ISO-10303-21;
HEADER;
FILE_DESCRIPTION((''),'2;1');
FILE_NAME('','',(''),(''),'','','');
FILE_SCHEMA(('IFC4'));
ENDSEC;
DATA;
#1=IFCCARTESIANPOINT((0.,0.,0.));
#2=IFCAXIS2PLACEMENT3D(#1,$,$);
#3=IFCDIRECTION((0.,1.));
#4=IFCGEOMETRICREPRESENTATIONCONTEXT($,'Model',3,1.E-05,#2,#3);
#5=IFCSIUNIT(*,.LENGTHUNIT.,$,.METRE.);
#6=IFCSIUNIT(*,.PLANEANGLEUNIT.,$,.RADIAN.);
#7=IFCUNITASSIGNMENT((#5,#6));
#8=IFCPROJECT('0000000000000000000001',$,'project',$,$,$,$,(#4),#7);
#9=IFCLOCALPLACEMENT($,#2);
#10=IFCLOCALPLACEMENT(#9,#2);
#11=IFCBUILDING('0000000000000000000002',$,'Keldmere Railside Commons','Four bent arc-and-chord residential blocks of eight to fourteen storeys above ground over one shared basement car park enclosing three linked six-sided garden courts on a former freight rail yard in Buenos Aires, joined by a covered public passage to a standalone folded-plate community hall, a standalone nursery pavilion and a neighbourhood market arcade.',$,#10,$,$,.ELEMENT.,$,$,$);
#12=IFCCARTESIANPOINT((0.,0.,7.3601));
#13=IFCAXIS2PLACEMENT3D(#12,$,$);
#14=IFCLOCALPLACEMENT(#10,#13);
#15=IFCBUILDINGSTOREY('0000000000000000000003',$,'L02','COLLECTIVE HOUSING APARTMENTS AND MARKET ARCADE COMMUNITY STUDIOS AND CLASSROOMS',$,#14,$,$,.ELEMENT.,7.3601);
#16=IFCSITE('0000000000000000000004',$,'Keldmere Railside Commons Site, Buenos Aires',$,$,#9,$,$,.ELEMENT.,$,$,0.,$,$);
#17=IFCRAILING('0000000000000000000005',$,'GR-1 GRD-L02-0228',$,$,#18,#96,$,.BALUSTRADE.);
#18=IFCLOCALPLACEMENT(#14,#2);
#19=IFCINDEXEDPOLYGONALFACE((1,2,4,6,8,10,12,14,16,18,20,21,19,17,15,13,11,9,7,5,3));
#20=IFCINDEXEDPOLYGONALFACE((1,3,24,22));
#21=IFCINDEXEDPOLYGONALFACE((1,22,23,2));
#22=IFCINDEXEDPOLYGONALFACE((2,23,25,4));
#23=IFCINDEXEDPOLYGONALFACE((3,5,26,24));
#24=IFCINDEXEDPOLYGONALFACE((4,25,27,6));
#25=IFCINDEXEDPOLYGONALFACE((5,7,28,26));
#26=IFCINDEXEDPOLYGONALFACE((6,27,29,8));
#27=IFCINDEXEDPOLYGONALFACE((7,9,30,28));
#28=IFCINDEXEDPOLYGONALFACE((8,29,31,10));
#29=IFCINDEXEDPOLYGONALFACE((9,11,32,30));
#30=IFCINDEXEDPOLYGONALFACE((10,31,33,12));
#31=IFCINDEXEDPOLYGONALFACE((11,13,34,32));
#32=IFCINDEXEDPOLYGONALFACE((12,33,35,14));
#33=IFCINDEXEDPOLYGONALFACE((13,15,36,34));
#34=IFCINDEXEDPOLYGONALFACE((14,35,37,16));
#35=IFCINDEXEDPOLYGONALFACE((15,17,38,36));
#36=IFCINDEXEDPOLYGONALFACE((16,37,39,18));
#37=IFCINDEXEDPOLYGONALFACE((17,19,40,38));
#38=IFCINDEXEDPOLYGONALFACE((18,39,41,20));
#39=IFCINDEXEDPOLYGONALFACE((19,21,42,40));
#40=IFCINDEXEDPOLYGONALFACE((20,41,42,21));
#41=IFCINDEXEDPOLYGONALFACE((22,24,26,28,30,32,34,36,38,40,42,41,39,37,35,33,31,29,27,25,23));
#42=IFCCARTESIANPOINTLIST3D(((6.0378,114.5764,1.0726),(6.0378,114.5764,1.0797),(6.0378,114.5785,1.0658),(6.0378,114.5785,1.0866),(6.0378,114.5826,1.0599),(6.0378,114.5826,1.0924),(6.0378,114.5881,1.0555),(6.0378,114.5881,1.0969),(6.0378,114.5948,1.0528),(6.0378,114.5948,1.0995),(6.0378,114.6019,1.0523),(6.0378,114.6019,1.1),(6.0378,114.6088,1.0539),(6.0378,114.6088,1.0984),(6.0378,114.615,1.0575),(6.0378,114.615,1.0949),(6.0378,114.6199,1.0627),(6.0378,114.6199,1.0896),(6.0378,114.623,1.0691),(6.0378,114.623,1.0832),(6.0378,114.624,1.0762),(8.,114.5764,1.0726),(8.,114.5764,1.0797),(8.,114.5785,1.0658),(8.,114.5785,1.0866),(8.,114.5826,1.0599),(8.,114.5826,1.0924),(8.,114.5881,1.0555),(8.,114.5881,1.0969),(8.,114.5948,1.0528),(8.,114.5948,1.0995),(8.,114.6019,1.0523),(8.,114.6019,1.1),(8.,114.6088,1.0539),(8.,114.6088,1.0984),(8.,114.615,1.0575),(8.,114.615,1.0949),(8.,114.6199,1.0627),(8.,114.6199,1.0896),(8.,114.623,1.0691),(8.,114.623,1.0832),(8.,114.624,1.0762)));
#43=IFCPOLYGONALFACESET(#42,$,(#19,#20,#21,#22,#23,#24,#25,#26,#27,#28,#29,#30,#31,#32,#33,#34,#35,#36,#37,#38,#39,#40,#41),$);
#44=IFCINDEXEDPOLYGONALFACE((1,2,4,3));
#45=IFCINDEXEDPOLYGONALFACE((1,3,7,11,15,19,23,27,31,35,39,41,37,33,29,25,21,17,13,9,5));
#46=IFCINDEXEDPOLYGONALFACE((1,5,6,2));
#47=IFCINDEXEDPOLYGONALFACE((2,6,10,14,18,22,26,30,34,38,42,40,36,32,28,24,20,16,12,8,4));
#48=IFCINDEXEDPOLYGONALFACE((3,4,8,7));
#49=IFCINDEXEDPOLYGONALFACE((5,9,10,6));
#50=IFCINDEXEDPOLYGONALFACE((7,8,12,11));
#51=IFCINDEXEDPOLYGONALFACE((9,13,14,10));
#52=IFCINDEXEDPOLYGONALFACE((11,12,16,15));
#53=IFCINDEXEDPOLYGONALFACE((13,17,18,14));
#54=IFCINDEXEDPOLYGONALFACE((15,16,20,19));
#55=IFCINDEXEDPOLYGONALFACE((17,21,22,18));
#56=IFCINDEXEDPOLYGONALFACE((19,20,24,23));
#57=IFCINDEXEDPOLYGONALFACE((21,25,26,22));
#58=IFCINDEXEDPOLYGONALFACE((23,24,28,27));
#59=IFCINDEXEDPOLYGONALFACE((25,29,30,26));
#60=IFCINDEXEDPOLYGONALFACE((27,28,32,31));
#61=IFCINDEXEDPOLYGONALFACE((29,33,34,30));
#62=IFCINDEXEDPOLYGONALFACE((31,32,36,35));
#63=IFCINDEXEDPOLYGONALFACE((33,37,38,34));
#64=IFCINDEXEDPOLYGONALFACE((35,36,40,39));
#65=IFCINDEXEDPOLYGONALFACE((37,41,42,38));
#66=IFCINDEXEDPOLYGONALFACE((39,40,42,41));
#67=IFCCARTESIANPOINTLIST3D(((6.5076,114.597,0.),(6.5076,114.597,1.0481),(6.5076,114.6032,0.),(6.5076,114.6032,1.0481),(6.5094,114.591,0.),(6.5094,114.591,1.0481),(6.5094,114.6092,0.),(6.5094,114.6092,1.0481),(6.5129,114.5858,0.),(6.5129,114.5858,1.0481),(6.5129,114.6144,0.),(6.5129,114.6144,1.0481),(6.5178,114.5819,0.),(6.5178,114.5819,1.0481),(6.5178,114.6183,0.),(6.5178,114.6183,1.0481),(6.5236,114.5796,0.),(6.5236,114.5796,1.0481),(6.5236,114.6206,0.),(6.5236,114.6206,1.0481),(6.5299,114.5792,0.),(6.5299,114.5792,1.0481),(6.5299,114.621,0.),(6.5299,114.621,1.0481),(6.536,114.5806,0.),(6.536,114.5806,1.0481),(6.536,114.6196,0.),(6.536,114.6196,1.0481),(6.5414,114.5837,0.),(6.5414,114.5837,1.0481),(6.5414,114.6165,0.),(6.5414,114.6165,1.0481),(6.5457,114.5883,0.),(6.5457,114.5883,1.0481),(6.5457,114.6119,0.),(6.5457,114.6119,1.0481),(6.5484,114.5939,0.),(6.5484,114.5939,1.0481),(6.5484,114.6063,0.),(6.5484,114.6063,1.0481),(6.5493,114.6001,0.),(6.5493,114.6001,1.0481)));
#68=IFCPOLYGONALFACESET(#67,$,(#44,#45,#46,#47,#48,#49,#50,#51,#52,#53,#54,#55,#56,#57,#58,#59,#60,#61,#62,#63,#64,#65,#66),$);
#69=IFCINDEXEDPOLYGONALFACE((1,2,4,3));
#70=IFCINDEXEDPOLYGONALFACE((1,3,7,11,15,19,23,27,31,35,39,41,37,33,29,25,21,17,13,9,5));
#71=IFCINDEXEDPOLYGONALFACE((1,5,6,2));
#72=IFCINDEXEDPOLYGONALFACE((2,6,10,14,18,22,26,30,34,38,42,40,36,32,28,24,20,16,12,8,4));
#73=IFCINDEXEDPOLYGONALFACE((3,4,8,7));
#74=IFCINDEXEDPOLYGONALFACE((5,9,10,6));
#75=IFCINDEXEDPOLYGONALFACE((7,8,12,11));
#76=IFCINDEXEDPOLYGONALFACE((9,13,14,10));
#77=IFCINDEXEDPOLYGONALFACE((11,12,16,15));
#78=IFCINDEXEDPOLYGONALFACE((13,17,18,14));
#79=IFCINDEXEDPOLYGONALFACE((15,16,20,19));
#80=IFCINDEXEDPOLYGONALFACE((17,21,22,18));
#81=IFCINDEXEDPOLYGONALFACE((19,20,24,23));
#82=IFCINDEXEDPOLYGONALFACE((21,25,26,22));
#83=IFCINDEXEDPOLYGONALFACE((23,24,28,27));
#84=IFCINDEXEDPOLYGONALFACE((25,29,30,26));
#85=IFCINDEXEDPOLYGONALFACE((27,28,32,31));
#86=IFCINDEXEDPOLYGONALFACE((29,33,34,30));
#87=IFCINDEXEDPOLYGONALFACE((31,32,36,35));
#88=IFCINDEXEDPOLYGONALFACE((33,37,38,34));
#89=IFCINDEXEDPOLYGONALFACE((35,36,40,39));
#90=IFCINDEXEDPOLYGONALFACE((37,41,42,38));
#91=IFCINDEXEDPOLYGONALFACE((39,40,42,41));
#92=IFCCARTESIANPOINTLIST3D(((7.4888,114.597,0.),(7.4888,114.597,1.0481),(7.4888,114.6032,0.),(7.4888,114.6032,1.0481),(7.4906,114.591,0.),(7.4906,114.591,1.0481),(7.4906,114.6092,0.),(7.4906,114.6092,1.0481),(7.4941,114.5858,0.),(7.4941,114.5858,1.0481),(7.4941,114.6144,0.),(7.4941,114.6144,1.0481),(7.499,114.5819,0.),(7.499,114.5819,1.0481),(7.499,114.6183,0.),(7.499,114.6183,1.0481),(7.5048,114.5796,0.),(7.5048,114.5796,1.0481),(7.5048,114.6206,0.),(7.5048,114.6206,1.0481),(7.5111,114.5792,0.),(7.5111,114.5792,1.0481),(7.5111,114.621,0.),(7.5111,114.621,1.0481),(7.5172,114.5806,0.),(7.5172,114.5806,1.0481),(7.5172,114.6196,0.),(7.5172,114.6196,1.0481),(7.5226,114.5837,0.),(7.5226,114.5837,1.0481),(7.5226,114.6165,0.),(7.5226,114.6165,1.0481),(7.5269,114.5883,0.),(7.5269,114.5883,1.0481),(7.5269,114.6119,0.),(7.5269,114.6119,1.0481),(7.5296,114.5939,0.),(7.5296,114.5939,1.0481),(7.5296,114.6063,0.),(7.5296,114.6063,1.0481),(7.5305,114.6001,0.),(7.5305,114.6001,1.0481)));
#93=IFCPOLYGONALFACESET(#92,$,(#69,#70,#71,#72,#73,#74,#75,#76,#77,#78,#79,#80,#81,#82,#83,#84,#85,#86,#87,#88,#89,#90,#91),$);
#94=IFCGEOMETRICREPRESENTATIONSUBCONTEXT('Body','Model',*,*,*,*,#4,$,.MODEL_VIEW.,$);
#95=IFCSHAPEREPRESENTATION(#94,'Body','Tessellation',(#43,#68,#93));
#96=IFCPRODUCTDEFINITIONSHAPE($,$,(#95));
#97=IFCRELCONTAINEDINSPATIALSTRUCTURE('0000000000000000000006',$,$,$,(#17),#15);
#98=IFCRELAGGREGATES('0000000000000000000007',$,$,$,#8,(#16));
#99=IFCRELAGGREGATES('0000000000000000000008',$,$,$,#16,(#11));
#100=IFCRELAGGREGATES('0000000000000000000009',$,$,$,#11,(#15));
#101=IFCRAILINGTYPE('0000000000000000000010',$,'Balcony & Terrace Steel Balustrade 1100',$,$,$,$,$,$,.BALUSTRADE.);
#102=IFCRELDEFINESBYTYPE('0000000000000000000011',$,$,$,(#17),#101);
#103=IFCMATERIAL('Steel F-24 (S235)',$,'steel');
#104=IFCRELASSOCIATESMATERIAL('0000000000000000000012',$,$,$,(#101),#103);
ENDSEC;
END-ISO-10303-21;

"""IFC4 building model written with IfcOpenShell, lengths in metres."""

from ifc_helpers import new_model, si_unit, direction, frame, origin, origin_2d, place, context, subcontext, project, spatial, circle, extrude, material, type_object, element, save


model = new_model("IFC4")

# Units and contexts
model_context = context("Model", 3, precision=1e-05, world=origin(), true_north=direction((0.0, 1.0)))
body_context = subcontext(model_context, "Body", "Model", "MODEL_VIEW")
ifc_project = project(units=[si_unit("LENGTHUNIT", "METRE"), si_unit("PLANEANGLEUNIT", "RADIAN")], contexts=[model_context])

# Site, building, storey
site_placement = place(None, origin())
site = spatial("IfcSite", under=ifc_project, at=site_placement, Name="Keldmere Railside Commons Site, Buenos Aires", CompositionType="ELEMENT", RefElevation=0.0)
building_placement = place(site_placement, origin())
building = spatial("IfcBuilding", under=site, at=building_placement, Name="Keldmere Railside Commons", Description="Four bent arc-and-chord residential blocks of eight to fourteen storeys above ground over one shared basement car park enclosing three linked six-sided garden courts on a former freight rail yard in Buenos Aires, joined by a covered public passage to a standalone folded-plate community hall, a standalone nursery pavilion and a neighbourhood market arcade.", CompositionType="ELEMENT")
storey_placement = place(building_placement, frame((0.0, 0.0, 7.3601)))
storey = spatial("IfcBuildingStorey", under=building, at=storey_placement, Name="L02", Description="COLLECTIVE HOUSING APARTMENTS AND MARKET ARCADE COMMUNITY STUDIOS AND CLASSROOMS", CompositionType="ELEMENT", Elevation=7.3601)

# Railing
ifc_material_1 = material(Name="Steel F-24 (S235)", Category="steel")
railing_type = type_object("IfcRailingType", Name="Balcony & Terrace Steel Balustrade 1100", PredefinedType="BALUSTRADE", material=ifc_material_1)
railing_1_placement = place(storey_placement, frame((6.0378, 114.6001, 0.0)))
element("IfcRailing", 1, at=railing_1_placement, inside=storey, type_object=railing_type, Name="GR-1 GRD-L02-0228", PredefinedType="BALUSTRADE", context=body_context, shape_type="SweptSolid", body=[
    extrude(circle(Radius=0.0239, at=origin_2d()), frame((0.0, 0.0, 1.0762), z_axis=(1.0, 0.0, 0.0), x_axis=(0.0, 1.0, 0.0)), (0.0, 0.0, 1.0), 1.9622),
    extrude(circle(Radius=0.021, at=origin_2d()), frame((0.4905, 0.0, 0.0)), (0.0, 0.0, 1.0), 1.0481),
    extrude(circle(Radius=0.021, at=origin_2d()), frame((1.4717, 0.0, 0.0)), (0.0, 0.0, 1.0), 1.0481),
])

save(model, "model.ifc")
